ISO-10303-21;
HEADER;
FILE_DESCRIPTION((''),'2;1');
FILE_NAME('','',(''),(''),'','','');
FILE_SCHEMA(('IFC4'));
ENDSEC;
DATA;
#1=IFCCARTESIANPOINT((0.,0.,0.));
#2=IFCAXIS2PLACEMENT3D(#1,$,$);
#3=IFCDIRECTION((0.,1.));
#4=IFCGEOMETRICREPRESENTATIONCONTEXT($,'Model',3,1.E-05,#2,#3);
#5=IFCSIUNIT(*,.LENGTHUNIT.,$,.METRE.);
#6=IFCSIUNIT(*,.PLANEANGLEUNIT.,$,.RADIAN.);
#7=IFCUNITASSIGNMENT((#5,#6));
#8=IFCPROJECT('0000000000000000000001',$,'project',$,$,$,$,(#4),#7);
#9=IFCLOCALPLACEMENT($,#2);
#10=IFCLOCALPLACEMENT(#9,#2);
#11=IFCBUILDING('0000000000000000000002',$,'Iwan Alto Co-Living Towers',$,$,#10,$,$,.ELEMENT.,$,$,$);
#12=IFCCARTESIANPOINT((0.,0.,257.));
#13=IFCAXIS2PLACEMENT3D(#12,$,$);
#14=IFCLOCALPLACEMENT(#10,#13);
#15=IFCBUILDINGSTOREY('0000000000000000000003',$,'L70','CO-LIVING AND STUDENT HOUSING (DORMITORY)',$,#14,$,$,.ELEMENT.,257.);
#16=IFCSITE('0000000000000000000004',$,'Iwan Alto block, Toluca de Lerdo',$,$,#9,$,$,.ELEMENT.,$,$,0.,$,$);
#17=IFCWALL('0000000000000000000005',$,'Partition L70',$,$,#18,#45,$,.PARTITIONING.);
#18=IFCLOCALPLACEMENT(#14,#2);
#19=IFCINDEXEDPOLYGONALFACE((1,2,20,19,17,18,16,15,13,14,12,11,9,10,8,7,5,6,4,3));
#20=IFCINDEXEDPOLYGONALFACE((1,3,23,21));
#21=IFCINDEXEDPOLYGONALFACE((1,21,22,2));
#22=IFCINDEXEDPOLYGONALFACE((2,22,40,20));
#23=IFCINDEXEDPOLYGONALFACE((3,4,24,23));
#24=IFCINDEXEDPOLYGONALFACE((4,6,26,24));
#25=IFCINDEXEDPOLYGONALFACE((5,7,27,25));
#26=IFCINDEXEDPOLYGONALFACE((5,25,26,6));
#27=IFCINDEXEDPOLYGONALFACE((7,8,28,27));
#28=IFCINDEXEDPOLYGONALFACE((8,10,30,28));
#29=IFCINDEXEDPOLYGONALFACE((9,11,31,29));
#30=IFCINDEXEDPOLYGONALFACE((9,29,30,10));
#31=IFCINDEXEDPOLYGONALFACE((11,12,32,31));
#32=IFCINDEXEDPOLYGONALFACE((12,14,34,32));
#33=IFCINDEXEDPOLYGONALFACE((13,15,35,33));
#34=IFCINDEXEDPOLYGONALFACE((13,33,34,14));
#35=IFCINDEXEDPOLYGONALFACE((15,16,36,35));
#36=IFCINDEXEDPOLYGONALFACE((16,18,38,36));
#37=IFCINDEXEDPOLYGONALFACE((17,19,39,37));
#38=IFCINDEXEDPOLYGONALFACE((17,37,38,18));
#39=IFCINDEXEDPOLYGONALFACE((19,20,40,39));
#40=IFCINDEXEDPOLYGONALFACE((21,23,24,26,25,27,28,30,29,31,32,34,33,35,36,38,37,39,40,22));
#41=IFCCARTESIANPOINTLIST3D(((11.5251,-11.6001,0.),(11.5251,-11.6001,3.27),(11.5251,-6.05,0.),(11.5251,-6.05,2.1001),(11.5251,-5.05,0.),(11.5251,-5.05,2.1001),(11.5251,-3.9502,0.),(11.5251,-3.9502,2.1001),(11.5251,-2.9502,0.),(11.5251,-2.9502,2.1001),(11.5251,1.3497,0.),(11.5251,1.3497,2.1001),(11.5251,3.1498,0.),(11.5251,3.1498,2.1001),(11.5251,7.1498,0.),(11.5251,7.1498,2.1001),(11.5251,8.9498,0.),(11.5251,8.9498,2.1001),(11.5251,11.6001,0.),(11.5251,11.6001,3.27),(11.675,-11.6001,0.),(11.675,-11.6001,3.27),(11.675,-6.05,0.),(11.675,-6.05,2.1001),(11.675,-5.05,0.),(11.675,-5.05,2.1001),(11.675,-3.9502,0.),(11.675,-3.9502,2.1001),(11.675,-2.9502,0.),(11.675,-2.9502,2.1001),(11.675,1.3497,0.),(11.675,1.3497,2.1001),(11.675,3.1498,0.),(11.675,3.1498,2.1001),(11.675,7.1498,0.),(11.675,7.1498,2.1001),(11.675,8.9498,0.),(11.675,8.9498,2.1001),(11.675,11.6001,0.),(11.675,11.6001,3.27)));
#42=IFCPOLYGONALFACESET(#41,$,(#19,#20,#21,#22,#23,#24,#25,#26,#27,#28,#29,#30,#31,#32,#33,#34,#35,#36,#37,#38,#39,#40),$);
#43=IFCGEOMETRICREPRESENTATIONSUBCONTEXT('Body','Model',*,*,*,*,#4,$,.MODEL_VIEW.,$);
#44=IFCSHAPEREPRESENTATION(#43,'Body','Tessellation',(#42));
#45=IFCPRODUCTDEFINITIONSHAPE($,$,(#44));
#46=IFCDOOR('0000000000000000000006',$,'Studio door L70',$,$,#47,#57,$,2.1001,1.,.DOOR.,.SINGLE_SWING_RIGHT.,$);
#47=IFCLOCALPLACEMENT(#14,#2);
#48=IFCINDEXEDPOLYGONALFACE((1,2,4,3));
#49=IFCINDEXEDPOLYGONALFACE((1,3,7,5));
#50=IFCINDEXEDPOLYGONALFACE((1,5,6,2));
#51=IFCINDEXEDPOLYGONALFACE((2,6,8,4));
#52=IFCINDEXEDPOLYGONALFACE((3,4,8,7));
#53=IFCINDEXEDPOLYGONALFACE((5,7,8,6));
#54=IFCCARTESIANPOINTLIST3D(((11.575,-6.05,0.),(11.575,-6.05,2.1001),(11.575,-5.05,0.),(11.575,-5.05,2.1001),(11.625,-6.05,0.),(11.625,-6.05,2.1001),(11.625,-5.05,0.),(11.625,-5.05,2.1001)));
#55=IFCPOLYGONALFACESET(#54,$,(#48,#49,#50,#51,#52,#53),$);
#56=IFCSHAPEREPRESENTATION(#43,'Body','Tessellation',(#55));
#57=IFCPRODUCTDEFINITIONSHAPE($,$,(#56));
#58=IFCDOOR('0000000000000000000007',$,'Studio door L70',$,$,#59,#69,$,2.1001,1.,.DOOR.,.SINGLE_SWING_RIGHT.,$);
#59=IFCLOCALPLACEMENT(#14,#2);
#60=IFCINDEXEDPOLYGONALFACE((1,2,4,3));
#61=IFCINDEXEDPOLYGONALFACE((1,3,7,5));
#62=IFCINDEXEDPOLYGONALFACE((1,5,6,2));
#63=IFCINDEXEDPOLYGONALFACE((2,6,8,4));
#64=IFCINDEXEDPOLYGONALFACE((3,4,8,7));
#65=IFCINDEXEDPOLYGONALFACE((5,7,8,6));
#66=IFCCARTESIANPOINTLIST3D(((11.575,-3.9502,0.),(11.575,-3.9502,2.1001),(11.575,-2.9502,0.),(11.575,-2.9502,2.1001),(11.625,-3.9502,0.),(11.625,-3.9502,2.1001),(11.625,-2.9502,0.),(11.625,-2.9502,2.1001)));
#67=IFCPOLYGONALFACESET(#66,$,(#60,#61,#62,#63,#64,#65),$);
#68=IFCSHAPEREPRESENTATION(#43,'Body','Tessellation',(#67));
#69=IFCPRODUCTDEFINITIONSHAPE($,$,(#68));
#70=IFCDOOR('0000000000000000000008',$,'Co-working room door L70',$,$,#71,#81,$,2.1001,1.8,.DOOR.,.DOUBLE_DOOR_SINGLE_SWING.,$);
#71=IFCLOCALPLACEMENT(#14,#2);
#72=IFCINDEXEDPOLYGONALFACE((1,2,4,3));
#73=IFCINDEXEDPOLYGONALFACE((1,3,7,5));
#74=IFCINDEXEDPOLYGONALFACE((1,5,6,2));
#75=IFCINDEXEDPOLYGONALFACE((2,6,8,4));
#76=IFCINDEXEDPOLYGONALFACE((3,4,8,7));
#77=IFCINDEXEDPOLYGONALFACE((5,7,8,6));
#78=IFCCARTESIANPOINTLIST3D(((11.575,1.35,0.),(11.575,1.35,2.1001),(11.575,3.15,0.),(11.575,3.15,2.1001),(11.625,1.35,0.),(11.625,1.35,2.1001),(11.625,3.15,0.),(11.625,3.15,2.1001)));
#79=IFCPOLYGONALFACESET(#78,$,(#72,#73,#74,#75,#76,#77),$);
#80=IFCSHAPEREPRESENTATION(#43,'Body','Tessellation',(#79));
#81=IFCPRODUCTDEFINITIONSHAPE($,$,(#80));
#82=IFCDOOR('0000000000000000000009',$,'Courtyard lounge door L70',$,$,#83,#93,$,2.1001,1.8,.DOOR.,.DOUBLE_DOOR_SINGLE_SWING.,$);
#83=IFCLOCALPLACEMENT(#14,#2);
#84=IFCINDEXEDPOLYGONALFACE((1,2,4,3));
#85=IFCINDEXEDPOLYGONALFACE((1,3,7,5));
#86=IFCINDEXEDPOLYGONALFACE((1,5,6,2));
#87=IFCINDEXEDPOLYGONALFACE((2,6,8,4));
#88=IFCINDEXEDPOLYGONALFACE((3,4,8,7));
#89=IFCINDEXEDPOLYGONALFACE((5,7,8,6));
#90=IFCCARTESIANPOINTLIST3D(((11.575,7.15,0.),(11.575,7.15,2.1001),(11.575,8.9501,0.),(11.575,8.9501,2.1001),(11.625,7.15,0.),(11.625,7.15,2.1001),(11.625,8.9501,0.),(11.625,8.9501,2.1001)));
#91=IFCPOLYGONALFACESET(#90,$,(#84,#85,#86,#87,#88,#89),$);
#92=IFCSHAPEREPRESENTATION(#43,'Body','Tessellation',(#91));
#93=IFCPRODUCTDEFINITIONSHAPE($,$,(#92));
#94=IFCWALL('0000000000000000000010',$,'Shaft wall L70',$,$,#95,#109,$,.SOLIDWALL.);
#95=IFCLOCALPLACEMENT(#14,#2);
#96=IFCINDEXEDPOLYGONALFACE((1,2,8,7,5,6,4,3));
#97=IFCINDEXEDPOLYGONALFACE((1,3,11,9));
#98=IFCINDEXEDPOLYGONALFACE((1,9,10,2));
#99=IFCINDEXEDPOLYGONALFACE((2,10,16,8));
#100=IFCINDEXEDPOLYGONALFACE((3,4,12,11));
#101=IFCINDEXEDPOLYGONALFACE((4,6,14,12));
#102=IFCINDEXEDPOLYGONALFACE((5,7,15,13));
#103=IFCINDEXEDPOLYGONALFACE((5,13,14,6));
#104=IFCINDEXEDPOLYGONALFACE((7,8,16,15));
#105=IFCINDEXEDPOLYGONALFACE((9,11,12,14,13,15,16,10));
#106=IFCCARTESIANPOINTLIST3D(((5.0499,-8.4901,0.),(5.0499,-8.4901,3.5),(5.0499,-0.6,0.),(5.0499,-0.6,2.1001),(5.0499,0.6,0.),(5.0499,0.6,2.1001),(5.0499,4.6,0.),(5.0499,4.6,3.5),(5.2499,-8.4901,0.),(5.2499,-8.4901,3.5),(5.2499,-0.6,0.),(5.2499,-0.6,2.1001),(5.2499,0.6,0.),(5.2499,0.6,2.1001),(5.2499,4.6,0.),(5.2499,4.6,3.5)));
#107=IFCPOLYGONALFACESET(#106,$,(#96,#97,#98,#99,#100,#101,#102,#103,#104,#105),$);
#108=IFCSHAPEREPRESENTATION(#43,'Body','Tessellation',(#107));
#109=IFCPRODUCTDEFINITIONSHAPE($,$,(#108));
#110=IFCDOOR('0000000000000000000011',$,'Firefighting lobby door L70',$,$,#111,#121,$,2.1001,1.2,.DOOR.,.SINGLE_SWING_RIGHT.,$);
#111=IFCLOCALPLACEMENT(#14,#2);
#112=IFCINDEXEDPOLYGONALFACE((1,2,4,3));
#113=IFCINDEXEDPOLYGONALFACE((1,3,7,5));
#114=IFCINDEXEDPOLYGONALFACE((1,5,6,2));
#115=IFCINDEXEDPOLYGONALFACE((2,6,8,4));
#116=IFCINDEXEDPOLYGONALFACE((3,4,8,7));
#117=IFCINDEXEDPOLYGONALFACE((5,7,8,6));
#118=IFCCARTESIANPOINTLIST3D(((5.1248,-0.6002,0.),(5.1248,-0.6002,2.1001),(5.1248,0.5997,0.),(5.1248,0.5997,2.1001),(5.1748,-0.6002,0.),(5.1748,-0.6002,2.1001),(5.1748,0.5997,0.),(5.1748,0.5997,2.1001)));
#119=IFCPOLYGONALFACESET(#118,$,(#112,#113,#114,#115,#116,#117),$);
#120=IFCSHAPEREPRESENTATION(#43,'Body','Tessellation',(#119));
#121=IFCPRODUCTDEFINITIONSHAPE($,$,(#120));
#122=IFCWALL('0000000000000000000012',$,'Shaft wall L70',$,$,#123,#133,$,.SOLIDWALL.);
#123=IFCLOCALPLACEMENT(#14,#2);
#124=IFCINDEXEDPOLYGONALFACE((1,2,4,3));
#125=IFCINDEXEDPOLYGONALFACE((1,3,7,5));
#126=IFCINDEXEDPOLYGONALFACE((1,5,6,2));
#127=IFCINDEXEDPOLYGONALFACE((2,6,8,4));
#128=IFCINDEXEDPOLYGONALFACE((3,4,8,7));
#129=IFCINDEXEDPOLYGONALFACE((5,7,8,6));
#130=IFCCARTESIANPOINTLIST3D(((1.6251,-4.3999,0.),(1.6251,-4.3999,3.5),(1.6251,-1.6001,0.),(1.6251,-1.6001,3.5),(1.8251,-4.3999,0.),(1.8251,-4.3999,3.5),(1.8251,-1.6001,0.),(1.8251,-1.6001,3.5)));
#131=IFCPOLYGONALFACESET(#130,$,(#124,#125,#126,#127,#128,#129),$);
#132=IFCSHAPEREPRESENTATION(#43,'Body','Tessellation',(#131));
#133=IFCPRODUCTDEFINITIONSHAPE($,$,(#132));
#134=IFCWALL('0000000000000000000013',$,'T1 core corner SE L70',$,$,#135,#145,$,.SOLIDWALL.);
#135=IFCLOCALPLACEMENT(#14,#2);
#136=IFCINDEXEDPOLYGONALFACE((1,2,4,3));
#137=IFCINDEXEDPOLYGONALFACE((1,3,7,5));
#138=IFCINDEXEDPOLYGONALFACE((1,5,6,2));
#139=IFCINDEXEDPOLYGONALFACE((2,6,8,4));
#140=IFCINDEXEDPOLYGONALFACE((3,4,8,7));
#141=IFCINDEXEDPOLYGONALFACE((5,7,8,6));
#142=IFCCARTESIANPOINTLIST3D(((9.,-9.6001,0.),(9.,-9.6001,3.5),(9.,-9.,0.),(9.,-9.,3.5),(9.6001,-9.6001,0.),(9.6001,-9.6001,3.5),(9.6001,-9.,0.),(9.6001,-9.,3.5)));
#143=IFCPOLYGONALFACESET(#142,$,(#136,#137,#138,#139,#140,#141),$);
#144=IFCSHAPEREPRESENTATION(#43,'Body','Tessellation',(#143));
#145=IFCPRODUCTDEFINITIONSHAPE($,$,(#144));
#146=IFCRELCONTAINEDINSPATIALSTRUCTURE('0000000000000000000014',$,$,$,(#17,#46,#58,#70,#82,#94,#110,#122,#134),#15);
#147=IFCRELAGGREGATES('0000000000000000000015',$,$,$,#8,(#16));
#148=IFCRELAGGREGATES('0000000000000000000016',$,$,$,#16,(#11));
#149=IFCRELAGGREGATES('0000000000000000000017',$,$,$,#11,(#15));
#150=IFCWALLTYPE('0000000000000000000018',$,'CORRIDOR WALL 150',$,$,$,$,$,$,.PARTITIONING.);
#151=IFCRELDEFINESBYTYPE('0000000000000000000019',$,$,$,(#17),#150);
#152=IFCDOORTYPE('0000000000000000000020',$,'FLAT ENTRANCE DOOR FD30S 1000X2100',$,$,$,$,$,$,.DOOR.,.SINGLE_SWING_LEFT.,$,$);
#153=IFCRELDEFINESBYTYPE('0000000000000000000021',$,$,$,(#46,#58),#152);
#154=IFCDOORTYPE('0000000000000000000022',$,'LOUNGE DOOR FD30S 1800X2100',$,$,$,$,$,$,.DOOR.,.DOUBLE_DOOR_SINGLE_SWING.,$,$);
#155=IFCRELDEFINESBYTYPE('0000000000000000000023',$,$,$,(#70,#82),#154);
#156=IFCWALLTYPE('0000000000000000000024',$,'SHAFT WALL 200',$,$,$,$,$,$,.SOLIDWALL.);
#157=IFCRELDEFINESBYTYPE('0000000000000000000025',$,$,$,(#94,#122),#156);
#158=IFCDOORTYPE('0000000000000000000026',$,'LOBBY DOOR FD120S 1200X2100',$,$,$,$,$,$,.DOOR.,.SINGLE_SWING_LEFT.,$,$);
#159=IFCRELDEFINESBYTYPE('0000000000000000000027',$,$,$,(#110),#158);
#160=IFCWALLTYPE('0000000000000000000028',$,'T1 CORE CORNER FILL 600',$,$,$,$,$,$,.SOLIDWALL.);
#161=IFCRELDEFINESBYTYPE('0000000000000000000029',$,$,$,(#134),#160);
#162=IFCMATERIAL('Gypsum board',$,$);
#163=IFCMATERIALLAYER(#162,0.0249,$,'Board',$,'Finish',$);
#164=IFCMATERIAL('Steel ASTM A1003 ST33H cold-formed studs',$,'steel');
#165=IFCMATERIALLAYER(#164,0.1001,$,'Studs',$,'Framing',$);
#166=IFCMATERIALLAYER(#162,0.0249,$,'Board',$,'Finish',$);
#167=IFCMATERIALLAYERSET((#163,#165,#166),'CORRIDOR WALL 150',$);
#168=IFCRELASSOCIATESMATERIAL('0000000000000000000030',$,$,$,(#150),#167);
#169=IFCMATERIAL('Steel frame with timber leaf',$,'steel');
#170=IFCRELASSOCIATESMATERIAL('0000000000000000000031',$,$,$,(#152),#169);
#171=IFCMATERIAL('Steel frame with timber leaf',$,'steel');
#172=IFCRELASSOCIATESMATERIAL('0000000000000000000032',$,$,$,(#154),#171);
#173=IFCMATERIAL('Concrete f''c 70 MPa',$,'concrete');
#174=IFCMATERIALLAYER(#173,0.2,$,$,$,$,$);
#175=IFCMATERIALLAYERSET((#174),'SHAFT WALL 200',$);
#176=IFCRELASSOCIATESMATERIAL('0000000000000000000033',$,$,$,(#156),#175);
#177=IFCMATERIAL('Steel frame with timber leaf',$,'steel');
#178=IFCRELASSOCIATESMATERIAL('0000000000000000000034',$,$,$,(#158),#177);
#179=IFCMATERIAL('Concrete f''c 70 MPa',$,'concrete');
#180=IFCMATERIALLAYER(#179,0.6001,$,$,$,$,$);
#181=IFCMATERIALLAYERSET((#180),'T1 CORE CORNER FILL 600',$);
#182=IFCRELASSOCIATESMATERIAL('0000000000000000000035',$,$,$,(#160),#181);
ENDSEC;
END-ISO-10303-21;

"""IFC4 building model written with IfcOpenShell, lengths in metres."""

from ifc_helpers import new_model, si_unit, direction, frame, frame_2d, origin, place, context, subcontext, project, spatial, rectangle, extrude, material, layer, layer_set, type_object, element, fill, save


model = new_model("IFC4")

# Units and contexts
model_context = context("Model", 3, precision=1e-05, world=origin(), true_north=direction((0.0, 1.0)))
body_context = subcontext(model_context, "Body", "Model", "MODEL_VIEW")
ifc_project = project(units=[si_unit("LENGTHUNIT", "METRE"), si_unit("PLANEANGLEUNIT", "RADIAN")], contexts=[model_context])

# Site, building, storey
site_placement = place(None, origin())
site = spatial("IfcSite", under=ifc_project, at=site_placement, Name="Iwan Alto block, Toluca de Lerdo", CompositionType="ELEMENT", RefElevation=0.0)
building_placement = place(site_placement, origin())
building = spatial("IfcBuilding", under=site, at=building_placement, Name="Iwan Alto Co-Living Towers", CompositionType="ELEMENT")
storey_placement = place(building_placement, frame((0.0, 0.0, 257.0)))
storey = spatial("IfcBuildingStorey", under=building, at=storey_placement, Name="L70", Description="CO-LIVING AND STUDENT HOUSING (DORMITORY)", CompositionType="ELEMENT", Elevation=257.0)

# Wall, openings, doors
ifc_material_1 = material(Name="Gypsum board")
ifc_layer_1 = layer(ifc_material_1, 0.0249, Name="Board", Category="Finish")
ifc_material_2 = material(Name="Steel ASTM A1003 ST33H cold-formed studs", Category="steel")
ifc_layer_2 = layer(ifc_material_2, 0.1001, Name="Studs", Category="Framing")
ifc_layer_3 = layer(ifc_material_1, 0.0249, Name="Board", Category="Finish")
ifc_layer_set_1 = layer_set([ifc_layer_1, ifc_layer_2, ifc_layer_3], Name="CORRIDOR WALL 150")
wall_type_1 = type_object("IfcWallType", Name="CORRIDOR WALL 150", PredefinedType="PARTITIONING", material=ifc_layer_set_1)
wall_1_placement = place(storey_placement, frame((11.6001, -11.6001, 0.0), z_axis=(0.0, 0.0, 1.0), x_axis=(0.0, 1.0, 0.0)))
wall_1 = element("IfcWall", 1, at=wall_1_placement, inside=storey, type_object=wall_type_1, Name="Partition L70", PredefinedType="PARTITIONING", context=body_context, shape_type="SweptSolid", body=[
    extrude(rectangle(XDim=23.2002, YDim=0.1499, at=frame_2d((11.6001, 0.0))), origin(), (0.0, 0.0, 1.0), 3.27),
])
opening_1_placement = place(wall_1_placement, frame((5.55, 0.0, 0.0)))
opening_1 = element("IfcOpeningElement", 2, at=opening_1_placement, cuts=wall_1, PredefinedType="OPENING", context=body_context, shape_type="SweptSolid", body=[
    extrude(rectangle(XDim=1.0, YDim=2.1001, at=frame_2d((0.5, 1.05))), frame((0.0, 0.085, 0.0), z_axis=(0.0, -1.0, 0.0), x_axis=(1.0, 0.0, 0.0)), (0.0, 0.0, 1.0), 0.1699),
])
opening_2_placement = place(wall_1_placement, frame((7.6499, 0.0, 0.0)))
opening_2 = element("IfcOpeningElement", 3, at=opening_2_placement, cuts=wall_1, PredefinedType="OPENING", context=body_context, shape_type="SweptSolid", body=[
    extrude(rectangle(XDim=1.0, YDim=2.1001, at=frame_2d((0.5, 1.05))), frame((0.0, 0.085, 0.0), z_axis=(0.0, -1.0, 0.0), x_axis=(1.0, 0.0, 0.0)), (0.0, 0.0, 1.0), 0.1699),
])
opening_3_placement = place(wall_1_placement, frame((12.95, 0.0, 0.0)))
opening_3 = element("IfcOpeningElement", 4, at=opening_3_placement, cuts=wall_1, PredefinedType="OPENING", context=body_context, shape_type="SweptSolid", body=[
    extrude(rectangle(XDim=1.8, YDim=2.1001, at=frame_2d((0.8999, 1.05))), frame((0.0, 0.085, 0.0), z_axis=(0.0, -1.0, 0.0), x_axis=(1.0, 0.0, 0.0)), (0.0, 0.0, 1.0), 0.1699),
])
opening_4_placement = place(wall_1_placement, frame((18.75, 0.0, 0.0)))
opening_4 = element("IfcOpeningElement", 5, at=opening_4_placement, cuts=wall_1, PredefinedType="OPENING", context=body_context, shape_type="SweptSolid", body=[
    extrude(rectangle(XDim=1.8, YDim=2.1001, at=frame_2d((0.8999, 1.05))), frame((0.0, 0.085, 0.0), z_axis=(0.0, -1.0, 0.0), x_axis=(1.0, 0.0, 0.0)), (0.0, 0.0, 1.0), 0.1699),
])
ifc_material_3 = material(Name="Steel frame with timber leaf", Category="steel")
door_type_1 = type_object("IfcDoorType", Name="FLAT ENTRANCE DOOR FD30S 1000X2100", OperationType="SINGLE_SWING_LEFT", PredefinedType="DOOR", material=ifc_material_3)
door_1_placement = place(opening_1_placement, frame((1.0, 0.0, 0.0), z_axis=(0.0, 0.0, 1.0), x_axis=(-1.0, 0.0, 0.0)))
door_1 = element("IfcDoor", 6, at=door_1_placement, inside=storey, type_object=door_type_1, Name="Studio door L70", OperationType="SINGLE_SWING_RIGHT", OverallHeight=2.1001, OverallWidth=1.0, PredefinedType="DOOR", context=body_context, shape_type="SweptSolid", body=[
    extrude(rectangle(XDim=1.0, YDim=2.1001, at=frame_2d((0.5, 1.05))), frame((0.0, 0.0249, 0.0), z_axis=(0.0, -1.0, 0.0), x_axis=(1.0, 0.0, 0.0)), (0.0, 0.0, 1.0), 0.05),
])
fill(opening_1, door_1)
door_2_placement = place(opening_2_placement, frame((1.0, 0.0, 0.0), z_axis=(0.0, 0.0, 1.0), x_axis=(-1.0, 0.0, 0.0)))
door_2 = element("IfcDoor", 7, at=door_2_placement, inside=storey, type_object=door_type_1, Name="Studio door L70", OperationType="SINGLE_SWING_RIGHT", OverallHeight=2.1001, OverallWidth=1.0, PredefinedType="DOOR", context=body_context, shape_type="SweptSolid", body=[
    extrude(rectangle(XDim=1.0, YDim=2.1001, at=frame_2d((0.5, 1.05))), frame((0.0, 0.0249, 0.0), z_axis=(0.0, -1.0, 0.0), x_axis=(1.0, 0.0, 0.0)), (0.0, 0.0, 1.0), 0.05),
])
fill(opening_2, door_2)
ifc_material_4 = material(Name="Steel frame with timber leaf", Category="steel")
door_type_2 = type_object("IfcDoorType", Name="LOUNGE DOOR FD30S 1800X2100", OperationType="DOUBLE_DOOR_SINGLE_SWING", PredefinedType="DOOR", material=ifc_material_4)
door_3_placement = place(opening_3_placement, frame((1.8, 0.0, 0.0), z_axis=(0.0, 0.0, 1.0), x_axis=(-1.0, 0.0, 0.0)))
door_3 = element("IfcDoor", 8, at=door_3_placement, inside=storey, type_object=door_type_2, Name="Co-working room door L70", OperationType="DOUBLE_DOOR_SINGLE_SWING", OverallHeight=2.1001, OverallWidth=1.8, PredefinedType="DOOR", context=body_context, shape_type="SweptSolid", body=[
    extrude(rectangle(XDim=1.8, YDim=2.1001, at=frame_2d((0.8999, 1.05))), frame((0.0, 0.0249, 0.0), z_axis=(0.0, -1.0, 0.0), x_axis=(1.0, 0.0, 0.0)), (0.0, 0.0, 1.0), 0.05),
])
fill(opening_3, door_3)
door_4_placement = place(opening_4_placement, frame((1.8, 0.0, 0.0), z_axis=(0.0, 0.0, 1.0), x_axis=(-1.0, 0.0, 0.0)))
door_4 = element("IfcDoor", 9, at=door_4_placement, inside=storey, type_object=door_type_2, Name="Courtyard lounge door L70", OperationType="DOUBLE_DOOR_SINGLE_SWING", OverallHeight=2.1001, OverallWidth=1.8, PredefinedType="DOOR", context=body_context, shape_type="SweptSolid", body=[
    extrude(rectangle(XDim=1.8, YDim=2.1001, at=frame_2d((0.8999, 1.05))), frame((0.0, 0.0249, 0.0), z_axis=(0.0, -1.0, 0.0), x_axis=(1.0, 0.0, 0.0)), (0.0, 0.0, 1.0), 0.05),
])
fill(opening_4, door_4)

# Wall, opening, door
ifc_material_5 = material(Name="Concrete f'c 70 MPa", Category="concrete")
ifc_layer_4 = layer(ifc_material_5, 0.2)
ifc_layer_set_2 = layer_set([ifc_layer_4], Name="SHAFT WALL 200")
wall_type_2 = type_object("IfcWallType", Name="SHAFT WALL 200", PredefinedType="SOLIDWALL", material=ifc_layer_set_2)
wall_2_placement = place(storey_placement, frame((5.1499, -8.49, 0.0), z_axis=(0.0, 0.0, 1.0), x_axis=(0.0, 1.0, 0.0)))
wall_2 = element("IfcWall", 10, at=wall_2_placement, inside=storey, type_object=wall_type_2, Name="Shaft wall L70", PredefinedType="SOLIDWALL", context=body_context, shape_type="SweptSolid", body=[
    extrude(rectangle(XDim=13.0901, YDim=0.2, at=frame_2d((6.5449, 0.0))), origin(), (0.0, 0.0, 1.0), 3.5),
])
opening_5_placement = place(wall_2_placement, frame((7.8899, 0.0, 0.0)))
opening_5 = element("IfcOpeningElement", 11, at=opening_5_placement, cuts=wall_2, PredefinedType="OPENING", context=body_context, shape_type="SweptSolid", body=[
    extrude(rectangle(XDim=1.2, YDim=2.1001, at=frame_2d((0.6001, 1.05))), frame((0.0, 0.1099, 0.0), z_axis=(0.0, -1.0, 0.0), x_axis=(1.0, 0.0, 0.0)), (0.0, 0.0, 1.0), 0.22),
])
ifc_material_6 = material(Name="Steel frame with timber leaf", Category="steel")
door_type_3 = type_object("IfcDoorType", Name="LOBBY DOOR FD120S 1200X2100", OperationType="SINGLE_SWING_LEFT", PredefinedType="DOOR", material=ifc_material_6)
door_5_placement = place(opening_5_placement, frame((1.2, 0.0, 0.0), z_axis=(0.0, 0.0, 1.0), x_axis=(-1.0, 0.0, 0.0)))
door_5 = element("IfcDoor", 12, at=door_5_placement, inside=storey, type_object=door_type_3, Name="Firefighting lobby door L70", OperationType="SINGLE_SWING_RIGHT", OverallHeight=2.1001, OverallWidth=1.2, PredefinedType="DOOR", context=body_context, shape_type="SweptSolid", body=[
    extrude(rectangle(XDim=1.2, YDim=2.1001, at=frame_2d((0.6001, 1.05))), frame((0.0, 0.0249, 0.0), z_axis=(0.0, -1.0, 0.0), x_axis=(1.0, 0.0, 0.0)), (0.0, 0.0, 1.0), 0.05),
])
fill(opening_5, door_5)

# Walls
wall_3_placement = place(storey_placement, frame((1.7251, -4.3999, 0.0), z_axis=(0.0, 0.0, 1.0), x_axis=(0.0, 1.0, 0.0)))
element("IfcWall", 13, at=wall_3_placement, inside=storey, type_object=wall_type_2, Name="Shaft wall L70", PredefinedType="SOLIDWALL", context=body_context, shape_type="SweptSolid", body=[
    extrude(rectangle(XDim=2.7998, YDim=0.2, at=frame_2d((1.3999, 0.0))), origin(), (0.0, 0.0, 1.0), 3.5),
])
ifc_material_7 = material(Name="Concrete f'c 70 MPa", Category="concrete")
ifc_layer_5 = layer(ifc_material_7, 0.6001)
ifc_layer_set_3 = layer_set([ifc_layer_5], Name="T1 CORE CORNER FILL 600")
wall_type_3 = type_object("IfcWallType", Name="T1 CORE CORNER FILL 600", PredefinedType="SOLIDWALL", material=ifc_layer_set_3)
wall_4_placement = place(storey_placement, frame((9.0, -9.3, 0.0), z_axis=(0.0, 0.0, 1.0), x_axis=(1.0, 0.0, 0.0)))
element("IfcWall", 14, at=wall_4_placement, inside=storey, type_object=wall_type_3, Name="T1 core corner SE L70", PredefinedType="SOLIDWALL", context=body_context, shape_type="SweptSolid", body=[
    extrude(rectangle(XDim=0.6001, YDim=0.6001, at=frame_2d((0.3, 0.0))), origin(), (0.0, 0.0, 1.0), 3.5),
])

save(model, "model.ifc")
